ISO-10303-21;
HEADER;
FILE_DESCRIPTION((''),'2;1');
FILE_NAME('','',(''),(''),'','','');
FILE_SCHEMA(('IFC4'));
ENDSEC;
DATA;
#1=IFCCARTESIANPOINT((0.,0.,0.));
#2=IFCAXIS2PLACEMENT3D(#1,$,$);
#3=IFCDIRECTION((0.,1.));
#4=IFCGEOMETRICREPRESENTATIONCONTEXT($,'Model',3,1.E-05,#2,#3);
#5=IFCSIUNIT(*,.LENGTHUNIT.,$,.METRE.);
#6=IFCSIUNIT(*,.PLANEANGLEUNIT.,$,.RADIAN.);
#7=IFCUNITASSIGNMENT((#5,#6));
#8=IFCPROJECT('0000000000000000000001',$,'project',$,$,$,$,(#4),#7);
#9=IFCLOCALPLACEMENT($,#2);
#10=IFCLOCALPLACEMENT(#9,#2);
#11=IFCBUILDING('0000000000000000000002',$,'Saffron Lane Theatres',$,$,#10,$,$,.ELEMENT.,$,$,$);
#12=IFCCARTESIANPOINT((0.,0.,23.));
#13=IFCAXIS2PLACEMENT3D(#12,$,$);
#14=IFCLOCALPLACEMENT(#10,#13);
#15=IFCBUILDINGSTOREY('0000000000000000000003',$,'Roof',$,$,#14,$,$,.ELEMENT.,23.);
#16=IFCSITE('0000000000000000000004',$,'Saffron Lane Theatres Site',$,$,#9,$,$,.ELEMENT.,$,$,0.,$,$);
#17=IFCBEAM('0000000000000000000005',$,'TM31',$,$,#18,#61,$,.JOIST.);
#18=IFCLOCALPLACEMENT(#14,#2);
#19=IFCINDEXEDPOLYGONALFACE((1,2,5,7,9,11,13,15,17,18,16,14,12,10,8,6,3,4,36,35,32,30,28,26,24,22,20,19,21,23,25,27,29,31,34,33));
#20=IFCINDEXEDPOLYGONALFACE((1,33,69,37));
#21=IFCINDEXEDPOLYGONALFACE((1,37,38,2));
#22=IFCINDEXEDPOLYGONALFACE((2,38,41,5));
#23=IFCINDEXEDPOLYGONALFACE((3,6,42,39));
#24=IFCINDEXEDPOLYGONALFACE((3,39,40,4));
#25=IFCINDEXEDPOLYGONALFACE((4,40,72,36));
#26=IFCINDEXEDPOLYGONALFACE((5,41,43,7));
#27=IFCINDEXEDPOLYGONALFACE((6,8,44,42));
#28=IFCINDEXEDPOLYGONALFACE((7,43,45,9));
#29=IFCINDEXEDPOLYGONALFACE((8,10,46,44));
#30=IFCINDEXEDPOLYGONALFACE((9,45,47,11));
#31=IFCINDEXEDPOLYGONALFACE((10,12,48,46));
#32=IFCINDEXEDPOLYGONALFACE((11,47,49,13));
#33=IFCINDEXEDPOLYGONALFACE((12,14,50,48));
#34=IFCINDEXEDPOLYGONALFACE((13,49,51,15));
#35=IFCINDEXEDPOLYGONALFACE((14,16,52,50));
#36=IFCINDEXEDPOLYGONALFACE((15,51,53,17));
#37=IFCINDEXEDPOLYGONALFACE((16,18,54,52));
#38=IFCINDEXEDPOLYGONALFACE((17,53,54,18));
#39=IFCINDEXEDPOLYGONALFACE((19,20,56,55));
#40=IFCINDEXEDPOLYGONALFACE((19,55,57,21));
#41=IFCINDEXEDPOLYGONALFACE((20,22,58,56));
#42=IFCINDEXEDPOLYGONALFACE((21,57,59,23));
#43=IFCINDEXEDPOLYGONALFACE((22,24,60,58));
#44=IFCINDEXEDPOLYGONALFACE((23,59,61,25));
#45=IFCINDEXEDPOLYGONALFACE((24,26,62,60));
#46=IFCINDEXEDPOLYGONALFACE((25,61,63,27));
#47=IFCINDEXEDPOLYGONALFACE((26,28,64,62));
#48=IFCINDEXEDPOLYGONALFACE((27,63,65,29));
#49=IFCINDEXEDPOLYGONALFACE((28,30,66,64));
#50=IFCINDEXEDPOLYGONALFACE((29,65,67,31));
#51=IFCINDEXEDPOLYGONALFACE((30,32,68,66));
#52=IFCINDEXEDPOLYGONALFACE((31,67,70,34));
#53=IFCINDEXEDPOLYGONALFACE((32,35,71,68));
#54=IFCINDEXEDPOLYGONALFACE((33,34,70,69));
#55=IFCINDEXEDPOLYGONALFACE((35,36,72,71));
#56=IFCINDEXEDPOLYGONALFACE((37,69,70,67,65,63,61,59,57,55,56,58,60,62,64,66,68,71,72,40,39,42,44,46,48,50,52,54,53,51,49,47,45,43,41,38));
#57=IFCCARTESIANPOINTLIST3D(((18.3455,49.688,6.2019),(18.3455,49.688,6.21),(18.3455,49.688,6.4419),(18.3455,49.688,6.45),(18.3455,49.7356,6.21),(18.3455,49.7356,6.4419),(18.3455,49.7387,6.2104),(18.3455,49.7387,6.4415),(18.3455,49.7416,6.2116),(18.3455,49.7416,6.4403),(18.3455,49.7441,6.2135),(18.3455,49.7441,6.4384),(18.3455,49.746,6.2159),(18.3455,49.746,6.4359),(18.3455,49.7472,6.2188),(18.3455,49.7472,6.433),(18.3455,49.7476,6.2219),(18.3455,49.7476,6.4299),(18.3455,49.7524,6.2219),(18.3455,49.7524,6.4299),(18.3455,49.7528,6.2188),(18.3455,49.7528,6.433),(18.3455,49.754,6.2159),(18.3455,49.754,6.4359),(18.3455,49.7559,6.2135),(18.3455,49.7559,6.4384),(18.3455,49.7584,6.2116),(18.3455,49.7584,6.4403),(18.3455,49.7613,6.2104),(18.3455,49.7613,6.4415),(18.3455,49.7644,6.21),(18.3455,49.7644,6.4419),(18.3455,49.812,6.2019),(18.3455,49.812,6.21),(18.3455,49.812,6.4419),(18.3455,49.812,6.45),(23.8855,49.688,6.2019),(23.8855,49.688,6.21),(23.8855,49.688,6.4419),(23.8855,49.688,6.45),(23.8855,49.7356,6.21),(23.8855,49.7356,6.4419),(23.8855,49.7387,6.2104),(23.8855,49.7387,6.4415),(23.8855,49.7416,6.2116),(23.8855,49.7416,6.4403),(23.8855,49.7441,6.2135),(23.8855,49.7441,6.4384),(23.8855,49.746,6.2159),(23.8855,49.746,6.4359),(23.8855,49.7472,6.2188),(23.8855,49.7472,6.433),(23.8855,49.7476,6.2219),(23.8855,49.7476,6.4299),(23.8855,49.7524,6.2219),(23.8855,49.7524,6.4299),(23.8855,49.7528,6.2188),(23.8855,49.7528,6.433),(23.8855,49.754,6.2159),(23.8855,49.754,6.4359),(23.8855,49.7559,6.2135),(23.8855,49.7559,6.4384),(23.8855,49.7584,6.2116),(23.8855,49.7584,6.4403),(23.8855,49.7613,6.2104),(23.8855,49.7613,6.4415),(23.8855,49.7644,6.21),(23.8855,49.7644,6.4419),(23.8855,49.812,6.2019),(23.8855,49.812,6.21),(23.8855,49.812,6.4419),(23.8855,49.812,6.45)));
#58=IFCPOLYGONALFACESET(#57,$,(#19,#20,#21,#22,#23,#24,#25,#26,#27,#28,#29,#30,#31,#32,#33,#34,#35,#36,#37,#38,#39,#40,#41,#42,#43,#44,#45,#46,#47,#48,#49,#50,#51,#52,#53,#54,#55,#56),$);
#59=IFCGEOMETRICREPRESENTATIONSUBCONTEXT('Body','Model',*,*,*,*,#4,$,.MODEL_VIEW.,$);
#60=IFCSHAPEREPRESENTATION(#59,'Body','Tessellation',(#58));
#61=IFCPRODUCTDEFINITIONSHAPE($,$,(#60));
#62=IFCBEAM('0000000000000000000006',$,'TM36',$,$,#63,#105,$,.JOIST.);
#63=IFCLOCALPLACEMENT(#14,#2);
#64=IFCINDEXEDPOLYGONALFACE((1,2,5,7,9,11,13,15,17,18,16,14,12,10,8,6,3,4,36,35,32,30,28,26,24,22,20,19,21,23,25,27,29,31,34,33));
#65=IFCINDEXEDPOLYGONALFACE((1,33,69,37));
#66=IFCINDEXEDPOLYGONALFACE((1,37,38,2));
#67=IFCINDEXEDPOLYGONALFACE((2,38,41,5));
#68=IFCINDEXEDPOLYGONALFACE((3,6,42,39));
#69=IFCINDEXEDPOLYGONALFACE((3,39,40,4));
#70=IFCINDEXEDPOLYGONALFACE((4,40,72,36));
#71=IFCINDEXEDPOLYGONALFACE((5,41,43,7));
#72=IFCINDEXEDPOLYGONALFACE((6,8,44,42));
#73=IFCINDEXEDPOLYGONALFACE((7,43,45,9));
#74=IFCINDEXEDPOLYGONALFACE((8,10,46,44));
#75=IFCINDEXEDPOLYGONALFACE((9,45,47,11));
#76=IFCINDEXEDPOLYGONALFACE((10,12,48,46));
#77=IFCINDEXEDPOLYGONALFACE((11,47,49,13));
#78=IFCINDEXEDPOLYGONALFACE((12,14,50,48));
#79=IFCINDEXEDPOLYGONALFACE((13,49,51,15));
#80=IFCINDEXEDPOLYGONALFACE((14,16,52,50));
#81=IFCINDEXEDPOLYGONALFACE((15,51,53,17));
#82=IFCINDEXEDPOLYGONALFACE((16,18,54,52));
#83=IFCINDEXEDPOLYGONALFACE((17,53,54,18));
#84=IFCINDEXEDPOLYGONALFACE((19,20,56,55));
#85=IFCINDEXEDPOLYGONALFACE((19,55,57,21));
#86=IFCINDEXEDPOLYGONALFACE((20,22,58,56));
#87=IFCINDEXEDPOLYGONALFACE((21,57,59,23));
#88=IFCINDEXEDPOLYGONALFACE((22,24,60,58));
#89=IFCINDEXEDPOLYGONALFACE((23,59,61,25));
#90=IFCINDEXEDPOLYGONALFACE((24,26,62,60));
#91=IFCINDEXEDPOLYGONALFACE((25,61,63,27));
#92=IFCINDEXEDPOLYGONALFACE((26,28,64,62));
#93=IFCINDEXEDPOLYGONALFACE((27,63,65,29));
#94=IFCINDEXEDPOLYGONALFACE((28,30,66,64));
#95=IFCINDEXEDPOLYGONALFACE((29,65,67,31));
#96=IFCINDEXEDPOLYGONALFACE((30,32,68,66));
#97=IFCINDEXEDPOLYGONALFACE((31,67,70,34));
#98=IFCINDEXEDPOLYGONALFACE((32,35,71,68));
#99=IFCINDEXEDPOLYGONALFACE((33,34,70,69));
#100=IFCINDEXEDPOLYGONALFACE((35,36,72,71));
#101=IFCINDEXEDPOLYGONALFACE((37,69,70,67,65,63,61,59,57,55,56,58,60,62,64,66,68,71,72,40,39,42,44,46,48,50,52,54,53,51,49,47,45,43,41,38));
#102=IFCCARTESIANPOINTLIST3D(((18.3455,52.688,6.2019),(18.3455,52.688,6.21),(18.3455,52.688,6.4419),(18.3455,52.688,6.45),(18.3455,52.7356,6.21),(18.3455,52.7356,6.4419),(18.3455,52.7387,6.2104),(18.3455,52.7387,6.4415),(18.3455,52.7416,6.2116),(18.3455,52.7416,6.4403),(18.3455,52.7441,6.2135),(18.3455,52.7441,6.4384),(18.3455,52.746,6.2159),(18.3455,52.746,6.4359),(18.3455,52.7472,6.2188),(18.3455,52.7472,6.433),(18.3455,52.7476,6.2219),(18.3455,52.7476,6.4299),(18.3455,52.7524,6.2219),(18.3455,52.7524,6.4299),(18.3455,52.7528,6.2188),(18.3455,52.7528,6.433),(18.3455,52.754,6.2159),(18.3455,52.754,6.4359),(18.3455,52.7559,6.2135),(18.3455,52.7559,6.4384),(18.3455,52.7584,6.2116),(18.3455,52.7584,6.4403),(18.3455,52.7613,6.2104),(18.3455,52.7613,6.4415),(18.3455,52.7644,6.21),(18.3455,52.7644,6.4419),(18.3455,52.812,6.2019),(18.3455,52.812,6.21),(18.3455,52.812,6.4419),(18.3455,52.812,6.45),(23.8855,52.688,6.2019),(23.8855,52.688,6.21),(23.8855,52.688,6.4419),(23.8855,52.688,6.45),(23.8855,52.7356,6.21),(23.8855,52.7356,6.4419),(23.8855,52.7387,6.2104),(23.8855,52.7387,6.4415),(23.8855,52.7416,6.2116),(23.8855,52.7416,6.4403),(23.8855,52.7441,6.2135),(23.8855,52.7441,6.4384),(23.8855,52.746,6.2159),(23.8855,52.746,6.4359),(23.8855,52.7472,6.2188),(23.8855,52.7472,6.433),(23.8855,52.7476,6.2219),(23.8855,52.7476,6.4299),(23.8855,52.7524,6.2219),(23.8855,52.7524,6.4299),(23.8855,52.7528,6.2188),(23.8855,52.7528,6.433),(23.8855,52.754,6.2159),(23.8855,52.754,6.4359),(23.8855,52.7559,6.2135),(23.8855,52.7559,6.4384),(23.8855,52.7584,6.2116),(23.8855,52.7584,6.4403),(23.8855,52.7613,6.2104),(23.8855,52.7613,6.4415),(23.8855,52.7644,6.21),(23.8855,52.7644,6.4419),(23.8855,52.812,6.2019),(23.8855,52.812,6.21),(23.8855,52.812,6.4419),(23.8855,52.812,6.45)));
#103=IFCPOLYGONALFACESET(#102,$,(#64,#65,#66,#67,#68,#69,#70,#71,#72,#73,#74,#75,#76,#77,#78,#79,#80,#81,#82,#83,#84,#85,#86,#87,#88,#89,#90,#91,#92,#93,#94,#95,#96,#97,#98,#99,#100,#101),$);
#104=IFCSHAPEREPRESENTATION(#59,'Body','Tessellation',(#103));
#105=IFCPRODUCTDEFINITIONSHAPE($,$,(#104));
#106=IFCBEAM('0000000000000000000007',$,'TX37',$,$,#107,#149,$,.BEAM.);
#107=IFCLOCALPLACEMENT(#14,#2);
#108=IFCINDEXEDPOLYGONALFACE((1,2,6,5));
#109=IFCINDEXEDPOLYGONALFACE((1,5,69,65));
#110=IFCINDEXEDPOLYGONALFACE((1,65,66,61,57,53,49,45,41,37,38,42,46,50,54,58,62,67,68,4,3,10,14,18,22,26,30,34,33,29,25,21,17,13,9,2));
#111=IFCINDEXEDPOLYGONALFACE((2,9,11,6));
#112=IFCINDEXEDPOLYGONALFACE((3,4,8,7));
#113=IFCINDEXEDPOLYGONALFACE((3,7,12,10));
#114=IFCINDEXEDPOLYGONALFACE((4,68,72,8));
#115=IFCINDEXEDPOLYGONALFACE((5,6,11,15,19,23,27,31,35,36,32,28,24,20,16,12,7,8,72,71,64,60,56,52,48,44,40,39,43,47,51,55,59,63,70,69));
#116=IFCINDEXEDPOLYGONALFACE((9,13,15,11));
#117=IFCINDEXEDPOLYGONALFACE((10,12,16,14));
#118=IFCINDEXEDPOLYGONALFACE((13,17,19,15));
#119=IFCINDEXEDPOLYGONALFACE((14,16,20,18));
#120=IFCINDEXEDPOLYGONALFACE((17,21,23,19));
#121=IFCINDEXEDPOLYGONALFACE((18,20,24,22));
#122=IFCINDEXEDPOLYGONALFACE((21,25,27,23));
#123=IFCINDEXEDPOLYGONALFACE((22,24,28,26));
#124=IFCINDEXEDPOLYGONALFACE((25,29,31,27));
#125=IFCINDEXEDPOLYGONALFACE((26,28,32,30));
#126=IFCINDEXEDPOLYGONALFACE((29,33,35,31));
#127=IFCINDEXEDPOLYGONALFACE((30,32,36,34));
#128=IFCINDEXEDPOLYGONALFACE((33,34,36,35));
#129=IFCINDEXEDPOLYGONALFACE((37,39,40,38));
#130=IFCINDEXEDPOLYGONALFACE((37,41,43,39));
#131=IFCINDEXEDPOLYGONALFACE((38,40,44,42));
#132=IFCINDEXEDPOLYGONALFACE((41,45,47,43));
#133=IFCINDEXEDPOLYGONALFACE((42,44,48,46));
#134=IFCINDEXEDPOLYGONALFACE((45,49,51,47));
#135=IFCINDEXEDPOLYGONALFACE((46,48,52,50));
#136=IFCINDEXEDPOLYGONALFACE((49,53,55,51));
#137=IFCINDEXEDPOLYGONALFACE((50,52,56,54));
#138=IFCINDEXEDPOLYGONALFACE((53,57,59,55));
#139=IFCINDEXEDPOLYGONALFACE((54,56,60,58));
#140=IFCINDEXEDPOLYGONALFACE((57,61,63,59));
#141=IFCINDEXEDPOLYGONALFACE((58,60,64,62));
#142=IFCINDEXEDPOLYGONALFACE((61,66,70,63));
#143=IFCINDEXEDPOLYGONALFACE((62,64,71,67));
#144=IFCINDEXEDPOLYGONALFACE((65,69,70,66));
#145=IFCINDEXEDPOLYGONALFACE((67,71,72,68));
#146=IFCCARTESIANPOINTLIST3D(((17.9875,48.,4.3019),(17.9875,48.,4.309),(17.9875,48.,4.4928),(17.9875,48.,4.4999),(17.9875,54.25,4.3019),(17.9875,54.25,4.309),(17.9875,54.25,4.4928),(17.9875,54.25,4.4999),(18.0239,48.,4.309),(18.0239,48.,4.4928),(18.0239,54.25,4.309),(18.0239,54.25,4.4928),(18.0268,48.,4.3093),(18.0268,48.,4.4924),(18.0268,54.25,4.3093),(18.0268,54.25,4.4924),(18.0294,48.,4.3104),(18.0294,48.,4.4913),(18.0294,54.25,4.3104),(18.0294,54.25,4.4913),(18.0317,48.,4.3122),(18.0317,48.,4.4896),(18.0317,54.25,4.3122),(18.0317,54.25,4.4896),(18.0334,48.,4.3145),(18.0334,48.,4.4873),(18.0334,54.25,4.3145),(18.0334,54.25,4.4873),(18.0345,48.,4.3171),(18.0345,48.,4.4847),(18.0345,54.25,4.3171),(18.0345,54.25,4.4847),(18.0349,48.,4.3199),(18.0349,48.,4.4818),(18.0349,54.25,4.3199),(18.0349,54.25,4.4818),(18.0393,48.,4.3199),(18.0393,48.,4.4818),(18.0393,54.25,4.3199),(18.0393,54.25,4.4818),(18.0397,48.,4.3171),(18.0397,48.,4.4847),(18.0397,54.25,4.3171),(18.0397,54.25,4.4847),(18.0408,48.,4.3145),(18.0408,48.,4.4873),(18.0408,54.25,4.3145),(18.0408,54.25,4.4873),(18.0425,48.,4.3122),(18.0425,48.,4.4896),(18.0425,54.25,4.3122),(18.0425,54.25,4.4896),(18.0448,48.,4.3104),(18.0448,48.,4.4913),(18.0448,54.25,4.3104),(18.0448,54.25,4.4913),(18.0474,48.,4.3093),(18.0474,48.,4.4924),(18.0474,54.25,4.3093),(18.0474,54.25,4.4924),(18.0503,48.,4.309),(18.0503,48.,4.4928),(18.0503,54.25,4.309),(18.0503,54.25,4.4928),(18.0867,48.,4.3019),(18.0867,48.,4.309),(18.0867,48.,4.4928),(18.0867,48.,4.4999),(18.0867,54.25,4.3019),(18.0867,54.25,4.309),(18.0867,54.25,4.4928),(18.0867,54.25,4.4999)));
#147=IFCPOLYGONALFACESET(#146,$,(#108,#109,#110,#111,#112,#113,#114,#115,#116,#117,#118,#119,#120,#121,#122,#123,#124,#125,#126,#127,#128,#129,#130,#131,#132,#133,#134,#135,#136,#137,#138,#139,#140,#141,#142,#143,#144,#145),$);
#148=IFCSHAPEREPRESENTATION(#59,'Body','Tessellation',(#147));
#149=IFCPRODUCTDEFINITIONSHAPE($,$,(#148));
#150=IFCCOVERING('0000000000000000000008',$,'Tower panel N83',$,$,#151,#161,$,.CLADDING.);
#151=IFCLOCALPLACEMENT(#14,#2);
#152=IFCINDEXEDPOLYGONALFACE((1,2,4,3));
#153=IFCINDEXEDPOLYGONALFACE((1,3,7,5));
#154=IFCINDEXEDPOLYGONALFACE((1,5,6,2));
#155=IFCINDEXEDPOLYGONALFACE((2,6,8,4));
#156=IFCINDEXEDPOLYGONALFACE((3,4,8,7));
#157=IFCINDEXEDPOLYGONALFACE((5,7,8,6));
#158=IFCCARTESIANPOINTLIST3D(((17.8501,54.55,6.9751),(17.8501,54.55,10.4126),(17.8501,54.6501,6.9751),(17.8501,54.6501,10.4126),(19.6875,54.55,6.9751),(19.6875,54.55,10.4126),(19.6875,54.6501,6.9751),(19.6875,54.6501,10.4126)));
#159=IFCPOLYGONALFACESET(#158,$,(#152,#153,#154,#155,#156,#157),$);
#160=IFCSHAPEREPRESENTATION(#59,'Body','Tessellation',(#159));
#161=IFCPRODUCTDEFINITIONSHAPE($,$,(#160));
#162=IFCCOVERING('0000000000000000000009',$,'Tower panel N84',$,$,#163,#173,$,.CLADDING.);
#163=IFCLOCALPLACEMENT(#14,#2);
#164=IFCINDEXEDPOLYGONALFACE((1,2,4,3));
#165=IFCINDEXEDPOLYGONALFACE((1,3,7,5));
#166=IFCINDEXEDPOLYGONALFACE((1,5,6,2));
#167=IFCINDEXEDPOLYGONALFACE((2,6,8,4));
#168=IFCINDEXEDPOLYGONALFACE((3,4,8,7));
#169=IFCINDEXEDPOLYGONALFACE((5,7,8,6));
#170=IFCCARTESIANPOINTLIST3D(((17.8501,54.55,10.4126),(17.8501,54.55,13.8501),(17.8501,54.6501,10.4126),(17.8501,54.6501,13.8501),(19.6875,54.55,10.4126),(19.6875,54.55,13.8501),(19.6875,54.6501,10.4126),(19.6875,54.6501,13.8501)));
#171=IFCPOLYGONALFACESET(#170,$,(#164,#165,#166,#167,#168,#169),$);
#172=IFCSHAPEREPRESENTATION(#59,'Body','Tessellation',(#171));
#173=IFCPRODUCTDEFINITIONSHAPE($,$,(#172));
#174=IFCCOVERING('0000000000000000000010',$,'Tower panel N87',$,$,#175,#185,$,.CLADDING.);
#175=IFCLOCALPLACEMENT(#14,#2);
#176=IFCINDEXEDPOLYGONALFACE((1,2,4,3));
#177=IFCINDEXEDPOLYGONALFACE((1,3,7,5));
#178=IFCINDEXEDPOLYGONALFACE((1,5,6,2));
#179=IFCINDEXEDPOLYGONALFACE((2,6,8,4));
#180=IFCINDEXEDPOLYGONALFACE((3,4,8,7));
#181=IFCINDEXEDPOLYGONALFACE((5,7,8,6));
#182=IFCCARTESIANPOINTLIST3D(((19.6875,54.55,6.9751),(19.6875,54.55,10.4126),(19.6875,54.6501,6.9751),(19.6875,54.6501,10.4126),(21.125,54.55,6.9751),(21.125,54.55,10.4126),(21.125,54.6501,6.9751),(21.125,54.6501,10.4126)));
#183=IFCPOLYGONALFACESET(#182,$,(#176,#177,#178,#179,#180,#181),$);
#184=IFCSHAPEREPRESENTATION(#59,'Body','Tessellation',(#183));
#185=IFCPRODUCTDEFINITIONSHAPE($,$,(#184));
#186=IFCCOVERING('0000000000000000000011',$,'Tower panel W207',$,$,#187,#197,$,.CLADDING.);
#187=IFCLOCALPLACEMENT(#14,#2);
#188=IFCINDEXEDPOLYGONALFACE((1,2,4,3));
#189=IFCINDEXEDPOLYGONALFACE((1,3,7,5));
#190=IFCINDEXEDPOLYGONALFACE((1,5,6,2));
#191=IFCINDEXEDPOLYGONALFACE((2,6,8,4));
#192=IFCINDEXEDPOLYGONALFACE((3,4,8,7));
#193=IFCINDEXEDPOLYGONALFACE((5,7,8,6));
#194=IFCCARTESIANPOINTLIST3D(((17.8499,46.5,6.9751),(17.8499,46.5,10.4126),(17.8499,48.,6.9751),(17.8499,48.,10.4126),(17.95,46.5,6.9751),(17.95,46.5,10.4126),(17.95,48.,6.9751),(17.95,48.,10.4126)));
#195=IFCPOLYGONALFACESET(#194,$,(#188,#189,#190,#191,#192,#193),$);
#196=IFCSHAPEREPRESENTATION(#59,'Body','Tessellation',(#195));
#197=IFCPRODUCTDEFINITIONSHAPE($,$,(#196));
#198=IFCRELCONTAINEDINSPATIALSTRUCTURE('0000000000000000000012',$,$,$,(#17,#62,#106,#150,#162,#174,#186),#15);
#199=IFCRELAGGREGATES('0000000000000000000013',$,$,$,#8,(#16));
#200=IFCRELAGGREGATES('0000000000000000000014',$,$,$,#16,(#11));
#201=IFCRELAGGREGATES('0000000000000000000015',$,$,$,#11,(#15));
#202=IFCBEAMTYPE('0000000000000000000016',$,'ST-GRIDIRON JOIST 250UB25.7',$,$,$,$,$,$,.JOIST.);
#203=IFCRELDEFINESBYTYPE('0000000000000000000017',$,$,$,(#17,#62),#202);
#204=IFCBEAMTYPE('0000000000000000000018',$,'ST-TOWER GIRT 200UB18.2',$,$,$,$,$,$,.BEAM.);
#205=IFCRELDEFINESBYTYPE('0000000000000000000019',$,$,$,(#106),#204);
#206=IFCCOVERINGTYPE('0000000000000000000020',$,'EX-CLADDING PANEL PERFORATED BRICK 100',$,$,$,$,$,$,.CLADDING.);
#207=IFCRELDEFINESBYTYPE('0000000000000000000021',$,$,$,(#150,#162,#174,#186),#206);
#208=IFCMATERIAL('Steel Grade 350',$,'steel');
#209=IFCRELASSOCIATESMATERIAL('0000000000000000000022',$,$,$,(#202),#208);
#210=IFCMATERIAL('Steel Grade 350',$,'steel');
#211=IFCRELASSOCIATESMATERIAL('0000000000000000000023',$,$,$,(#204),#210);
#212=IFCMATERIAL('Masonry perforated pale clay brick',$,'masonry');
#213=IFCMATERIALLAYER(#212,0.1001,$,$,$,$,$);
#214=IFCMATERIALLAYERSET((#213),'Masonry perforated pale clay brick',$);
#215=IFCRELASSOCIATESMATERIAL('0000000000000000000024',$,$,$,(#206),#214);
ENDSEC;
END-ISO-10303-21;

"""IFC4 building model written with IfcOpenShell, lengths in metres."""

from ifc_helpers import new_model, si_unit, direction, frame, origin, origin_2d, place, context, subcontext, project, spatial, rectangle, i_section, extrude, material, layer, layer_set, material_profile, profile_set, type_object, element, save


model = new_model("IFC4")

# Units and contexts
model_context = context("Model", 3, precision=1e-05, world=origin(), true_north=direction((0.0, 1.0)))
body_context = subcontext(model_context, "Body", "Model", "MODEL_VIEW")
ifc_project = project(units=[si_unit("LENGTHUNIT", "METRE"), si_unit("PLANEANGLEUNIT", "RADIAN")], contexts=[model_context])

# Site, building, storey
site_placement = place(None, origin())
site = spatial("IfcSite", under=ifc_project, at=site_placement, Name="Saffron Lane Theatres Site", CompositionType="ELEMENT", RefElevation=0.0)
building_placement = place(site_placement, origin())
building = spatial("IfcBuilding", under=site, at=building_placement, Name="Saffron Lane Theatres", CompositionType="ELEMENT")
storey_placement = place(building_placement, frame((0.0, 0.0, 23.0)))
storey = spatial("IfcBuildingStorey", under=building, at=storey_placement, Name="Roof", CompositionType="ELEMENT", Elevation=23.0)

# Beams
ifc_material_1 = material(Name="Steel Grade 350", Category="steel")
ifc_material_profile_1 = material_profile(ifc_material_1, i_section(OverallWidth=0.124, OverallDepth=0.248, WebThickness=0.0049, FlangeThickness=0.0081, FilletRadius=0.012, at=origin_2d()))
ifc_profile_set_1 = profile_set([ifc_material_profile_1], Name="Steel Grade 350")
beam_type_1 = type_object("IfcBeamType", Name="ST-GRIDIRON JOIST 250UB25.7", PredefinedType="JOIST", material=ifc_profile_set_1)
for number, where, z_axis, x_axis, name in (
    (1, (18.3455, 49.75, 6.3259), (1.0, 0.0, 0.0), (0.0, 1.0, 0.0), "TM31"),
    (2, (18.3455, 52.75, 6.3259), (1.0, 0.0, 0.0), (0.0, 1.0, 0.0), "TM36"),
):
    element("IfcBeam", number, at=place(storey_placement, frame(where, z_axis=z_axis, x_axis=x_axis)), inside=storey, type_object=beam_type_1, Name=name, PredefinedType="JOIST", context=body_context, shape_type="SweptSolid", body=[
        extrude(i_section(OverallWidth=0.124, OverallDepth=0.248, WebThickness=0.0049, FlangeThickness=0.0081, FilletRadius=0.012, at=origin_2d()), origin(), (0.0, 0.0, 1.0), 5.54),
    ])
ifc_material_2 = material(Name="Steel Grade 350", Category="steel")
ifc_material_profile_2 = material_profile(ifc_material_2, i_section(OverallWidth=0.0991, OverallDepth=0.198, WebThickness=0.0044, FlangeThickness=0.0071, FilletRadius=0.011, at=origin_2d()))
ifc_profile_set_2 = profile_set([ifc_material_profile_2], Name="Steel Grade 350")
beam_type_2 = type_object("IfcBeamType", Name="ST-TOWER GIRT 200UB18.2", PredefinedType="BEAM", material=ifc_profile_set_2)
beam_1_placement = place(storey_placement, frame((18.0371, 48.0, 4.4009), z_axis=(0.0, 1.0, 0.0), x_axis=(-1.0, 0.0, 0.0)))
element("IfcBeam", 3, at=beam_1_placement, inside=storey, type_object=beam_type_2, Name="TX37", PredefinedType="BEAM", context=body_context, shape_type="SweptSolid", body=[
    extrude(i_section(OverallWidth=0.0991, OverallDepth=0.198, WebThickness=0.0044, FlangeThickness=0.0071, FilletRadius=0.011, at=origin_2d()), origin(), (0.0, 0.0, 1.0), 6.25),
])

# Coverings
ifc_material_3 = material(Name="Masonry perforated pale clay brick", Category="masonry")
ifc_layer = layer(ifc_material_3, 0.1001)
ifc_layer_set = layer_set([ifc_layer], Name="Masonry perforated pale clay brick")
covering_type = type_object("IfcCoveringType", Name="EX-CLADDING PANEL PERFORATED BRICK 100", PredefinedType="CLADDING", material=ifc_layer_set)
for number, where, z_axis, x_axis, name in (
    (4, (18.7688, 54.6001, 6.9751), (0.0, 0.0, 1.0), (1.0, 0.0, 0.0), "Tower panel N83"),
    (5, (18.7688, 54.6001, 10.4126), (0.0, 0.0, 1.0), (1.0, 0.0, 0.0), "Tower panel N84"),
):
    element("IfcCovering", number, at=place(storey_placement, frame(where, z_axis=z_axis, x_axis=x_axis)), inside=storey, type_object=covering_type, Name=name, PredefinedType="CLADDING", context=body_context, shape_type="SweptSolid", body=[
        extrude(rectangle(XDim=1.8374, YDim=0.1001, at=origin_2d()), origin(), (0.0, 0.0, 1.0), 3.4375),
    ])
covering_placement = place(storey_placement, frame((20.4062, 54.6001, 6.9751), z_axis=(0.0, 0.0, 1.0), x_axis=(1.0, 0.0, 0.0)))
element("IfcCovering", 6, at=covering_placement, inside=storey, type_object=covering_type, Name="Tower panel N87", PredefinedType="CLADDING", context=body_context, shape_type="SweptSolid", body=[
    extrude(rectangle(XDim=1.4375, YDim=0.1001, at=origin_2d()), origin(), (0.0, 0.0, 1.0), 3.4375),
])
for number, where, z_axis, x_axis, name in (
    (7, (17.8999, 47.25, 6.9751), (0.0, 0.0, 1.0), (0.0, 1.0, 0.0), "Tower panel W207"),
):
    element("IfcCovering", number, at=place(storey_placement, frame(where, z_axis=z_axis, x_axis=x_axis)), inside=storey, type_object=covering_type, Name=name, PredefinedType="CLADDING", context=body_context, shape_type="SweptSolid", body=[
        extrude(rectangle(XDim=1.5, YDim=0.1001, at=origin_2d()), origin(), (0.0, 0.0, 1.0), 3.4375),
    ])

save(model, "model.ifc")
